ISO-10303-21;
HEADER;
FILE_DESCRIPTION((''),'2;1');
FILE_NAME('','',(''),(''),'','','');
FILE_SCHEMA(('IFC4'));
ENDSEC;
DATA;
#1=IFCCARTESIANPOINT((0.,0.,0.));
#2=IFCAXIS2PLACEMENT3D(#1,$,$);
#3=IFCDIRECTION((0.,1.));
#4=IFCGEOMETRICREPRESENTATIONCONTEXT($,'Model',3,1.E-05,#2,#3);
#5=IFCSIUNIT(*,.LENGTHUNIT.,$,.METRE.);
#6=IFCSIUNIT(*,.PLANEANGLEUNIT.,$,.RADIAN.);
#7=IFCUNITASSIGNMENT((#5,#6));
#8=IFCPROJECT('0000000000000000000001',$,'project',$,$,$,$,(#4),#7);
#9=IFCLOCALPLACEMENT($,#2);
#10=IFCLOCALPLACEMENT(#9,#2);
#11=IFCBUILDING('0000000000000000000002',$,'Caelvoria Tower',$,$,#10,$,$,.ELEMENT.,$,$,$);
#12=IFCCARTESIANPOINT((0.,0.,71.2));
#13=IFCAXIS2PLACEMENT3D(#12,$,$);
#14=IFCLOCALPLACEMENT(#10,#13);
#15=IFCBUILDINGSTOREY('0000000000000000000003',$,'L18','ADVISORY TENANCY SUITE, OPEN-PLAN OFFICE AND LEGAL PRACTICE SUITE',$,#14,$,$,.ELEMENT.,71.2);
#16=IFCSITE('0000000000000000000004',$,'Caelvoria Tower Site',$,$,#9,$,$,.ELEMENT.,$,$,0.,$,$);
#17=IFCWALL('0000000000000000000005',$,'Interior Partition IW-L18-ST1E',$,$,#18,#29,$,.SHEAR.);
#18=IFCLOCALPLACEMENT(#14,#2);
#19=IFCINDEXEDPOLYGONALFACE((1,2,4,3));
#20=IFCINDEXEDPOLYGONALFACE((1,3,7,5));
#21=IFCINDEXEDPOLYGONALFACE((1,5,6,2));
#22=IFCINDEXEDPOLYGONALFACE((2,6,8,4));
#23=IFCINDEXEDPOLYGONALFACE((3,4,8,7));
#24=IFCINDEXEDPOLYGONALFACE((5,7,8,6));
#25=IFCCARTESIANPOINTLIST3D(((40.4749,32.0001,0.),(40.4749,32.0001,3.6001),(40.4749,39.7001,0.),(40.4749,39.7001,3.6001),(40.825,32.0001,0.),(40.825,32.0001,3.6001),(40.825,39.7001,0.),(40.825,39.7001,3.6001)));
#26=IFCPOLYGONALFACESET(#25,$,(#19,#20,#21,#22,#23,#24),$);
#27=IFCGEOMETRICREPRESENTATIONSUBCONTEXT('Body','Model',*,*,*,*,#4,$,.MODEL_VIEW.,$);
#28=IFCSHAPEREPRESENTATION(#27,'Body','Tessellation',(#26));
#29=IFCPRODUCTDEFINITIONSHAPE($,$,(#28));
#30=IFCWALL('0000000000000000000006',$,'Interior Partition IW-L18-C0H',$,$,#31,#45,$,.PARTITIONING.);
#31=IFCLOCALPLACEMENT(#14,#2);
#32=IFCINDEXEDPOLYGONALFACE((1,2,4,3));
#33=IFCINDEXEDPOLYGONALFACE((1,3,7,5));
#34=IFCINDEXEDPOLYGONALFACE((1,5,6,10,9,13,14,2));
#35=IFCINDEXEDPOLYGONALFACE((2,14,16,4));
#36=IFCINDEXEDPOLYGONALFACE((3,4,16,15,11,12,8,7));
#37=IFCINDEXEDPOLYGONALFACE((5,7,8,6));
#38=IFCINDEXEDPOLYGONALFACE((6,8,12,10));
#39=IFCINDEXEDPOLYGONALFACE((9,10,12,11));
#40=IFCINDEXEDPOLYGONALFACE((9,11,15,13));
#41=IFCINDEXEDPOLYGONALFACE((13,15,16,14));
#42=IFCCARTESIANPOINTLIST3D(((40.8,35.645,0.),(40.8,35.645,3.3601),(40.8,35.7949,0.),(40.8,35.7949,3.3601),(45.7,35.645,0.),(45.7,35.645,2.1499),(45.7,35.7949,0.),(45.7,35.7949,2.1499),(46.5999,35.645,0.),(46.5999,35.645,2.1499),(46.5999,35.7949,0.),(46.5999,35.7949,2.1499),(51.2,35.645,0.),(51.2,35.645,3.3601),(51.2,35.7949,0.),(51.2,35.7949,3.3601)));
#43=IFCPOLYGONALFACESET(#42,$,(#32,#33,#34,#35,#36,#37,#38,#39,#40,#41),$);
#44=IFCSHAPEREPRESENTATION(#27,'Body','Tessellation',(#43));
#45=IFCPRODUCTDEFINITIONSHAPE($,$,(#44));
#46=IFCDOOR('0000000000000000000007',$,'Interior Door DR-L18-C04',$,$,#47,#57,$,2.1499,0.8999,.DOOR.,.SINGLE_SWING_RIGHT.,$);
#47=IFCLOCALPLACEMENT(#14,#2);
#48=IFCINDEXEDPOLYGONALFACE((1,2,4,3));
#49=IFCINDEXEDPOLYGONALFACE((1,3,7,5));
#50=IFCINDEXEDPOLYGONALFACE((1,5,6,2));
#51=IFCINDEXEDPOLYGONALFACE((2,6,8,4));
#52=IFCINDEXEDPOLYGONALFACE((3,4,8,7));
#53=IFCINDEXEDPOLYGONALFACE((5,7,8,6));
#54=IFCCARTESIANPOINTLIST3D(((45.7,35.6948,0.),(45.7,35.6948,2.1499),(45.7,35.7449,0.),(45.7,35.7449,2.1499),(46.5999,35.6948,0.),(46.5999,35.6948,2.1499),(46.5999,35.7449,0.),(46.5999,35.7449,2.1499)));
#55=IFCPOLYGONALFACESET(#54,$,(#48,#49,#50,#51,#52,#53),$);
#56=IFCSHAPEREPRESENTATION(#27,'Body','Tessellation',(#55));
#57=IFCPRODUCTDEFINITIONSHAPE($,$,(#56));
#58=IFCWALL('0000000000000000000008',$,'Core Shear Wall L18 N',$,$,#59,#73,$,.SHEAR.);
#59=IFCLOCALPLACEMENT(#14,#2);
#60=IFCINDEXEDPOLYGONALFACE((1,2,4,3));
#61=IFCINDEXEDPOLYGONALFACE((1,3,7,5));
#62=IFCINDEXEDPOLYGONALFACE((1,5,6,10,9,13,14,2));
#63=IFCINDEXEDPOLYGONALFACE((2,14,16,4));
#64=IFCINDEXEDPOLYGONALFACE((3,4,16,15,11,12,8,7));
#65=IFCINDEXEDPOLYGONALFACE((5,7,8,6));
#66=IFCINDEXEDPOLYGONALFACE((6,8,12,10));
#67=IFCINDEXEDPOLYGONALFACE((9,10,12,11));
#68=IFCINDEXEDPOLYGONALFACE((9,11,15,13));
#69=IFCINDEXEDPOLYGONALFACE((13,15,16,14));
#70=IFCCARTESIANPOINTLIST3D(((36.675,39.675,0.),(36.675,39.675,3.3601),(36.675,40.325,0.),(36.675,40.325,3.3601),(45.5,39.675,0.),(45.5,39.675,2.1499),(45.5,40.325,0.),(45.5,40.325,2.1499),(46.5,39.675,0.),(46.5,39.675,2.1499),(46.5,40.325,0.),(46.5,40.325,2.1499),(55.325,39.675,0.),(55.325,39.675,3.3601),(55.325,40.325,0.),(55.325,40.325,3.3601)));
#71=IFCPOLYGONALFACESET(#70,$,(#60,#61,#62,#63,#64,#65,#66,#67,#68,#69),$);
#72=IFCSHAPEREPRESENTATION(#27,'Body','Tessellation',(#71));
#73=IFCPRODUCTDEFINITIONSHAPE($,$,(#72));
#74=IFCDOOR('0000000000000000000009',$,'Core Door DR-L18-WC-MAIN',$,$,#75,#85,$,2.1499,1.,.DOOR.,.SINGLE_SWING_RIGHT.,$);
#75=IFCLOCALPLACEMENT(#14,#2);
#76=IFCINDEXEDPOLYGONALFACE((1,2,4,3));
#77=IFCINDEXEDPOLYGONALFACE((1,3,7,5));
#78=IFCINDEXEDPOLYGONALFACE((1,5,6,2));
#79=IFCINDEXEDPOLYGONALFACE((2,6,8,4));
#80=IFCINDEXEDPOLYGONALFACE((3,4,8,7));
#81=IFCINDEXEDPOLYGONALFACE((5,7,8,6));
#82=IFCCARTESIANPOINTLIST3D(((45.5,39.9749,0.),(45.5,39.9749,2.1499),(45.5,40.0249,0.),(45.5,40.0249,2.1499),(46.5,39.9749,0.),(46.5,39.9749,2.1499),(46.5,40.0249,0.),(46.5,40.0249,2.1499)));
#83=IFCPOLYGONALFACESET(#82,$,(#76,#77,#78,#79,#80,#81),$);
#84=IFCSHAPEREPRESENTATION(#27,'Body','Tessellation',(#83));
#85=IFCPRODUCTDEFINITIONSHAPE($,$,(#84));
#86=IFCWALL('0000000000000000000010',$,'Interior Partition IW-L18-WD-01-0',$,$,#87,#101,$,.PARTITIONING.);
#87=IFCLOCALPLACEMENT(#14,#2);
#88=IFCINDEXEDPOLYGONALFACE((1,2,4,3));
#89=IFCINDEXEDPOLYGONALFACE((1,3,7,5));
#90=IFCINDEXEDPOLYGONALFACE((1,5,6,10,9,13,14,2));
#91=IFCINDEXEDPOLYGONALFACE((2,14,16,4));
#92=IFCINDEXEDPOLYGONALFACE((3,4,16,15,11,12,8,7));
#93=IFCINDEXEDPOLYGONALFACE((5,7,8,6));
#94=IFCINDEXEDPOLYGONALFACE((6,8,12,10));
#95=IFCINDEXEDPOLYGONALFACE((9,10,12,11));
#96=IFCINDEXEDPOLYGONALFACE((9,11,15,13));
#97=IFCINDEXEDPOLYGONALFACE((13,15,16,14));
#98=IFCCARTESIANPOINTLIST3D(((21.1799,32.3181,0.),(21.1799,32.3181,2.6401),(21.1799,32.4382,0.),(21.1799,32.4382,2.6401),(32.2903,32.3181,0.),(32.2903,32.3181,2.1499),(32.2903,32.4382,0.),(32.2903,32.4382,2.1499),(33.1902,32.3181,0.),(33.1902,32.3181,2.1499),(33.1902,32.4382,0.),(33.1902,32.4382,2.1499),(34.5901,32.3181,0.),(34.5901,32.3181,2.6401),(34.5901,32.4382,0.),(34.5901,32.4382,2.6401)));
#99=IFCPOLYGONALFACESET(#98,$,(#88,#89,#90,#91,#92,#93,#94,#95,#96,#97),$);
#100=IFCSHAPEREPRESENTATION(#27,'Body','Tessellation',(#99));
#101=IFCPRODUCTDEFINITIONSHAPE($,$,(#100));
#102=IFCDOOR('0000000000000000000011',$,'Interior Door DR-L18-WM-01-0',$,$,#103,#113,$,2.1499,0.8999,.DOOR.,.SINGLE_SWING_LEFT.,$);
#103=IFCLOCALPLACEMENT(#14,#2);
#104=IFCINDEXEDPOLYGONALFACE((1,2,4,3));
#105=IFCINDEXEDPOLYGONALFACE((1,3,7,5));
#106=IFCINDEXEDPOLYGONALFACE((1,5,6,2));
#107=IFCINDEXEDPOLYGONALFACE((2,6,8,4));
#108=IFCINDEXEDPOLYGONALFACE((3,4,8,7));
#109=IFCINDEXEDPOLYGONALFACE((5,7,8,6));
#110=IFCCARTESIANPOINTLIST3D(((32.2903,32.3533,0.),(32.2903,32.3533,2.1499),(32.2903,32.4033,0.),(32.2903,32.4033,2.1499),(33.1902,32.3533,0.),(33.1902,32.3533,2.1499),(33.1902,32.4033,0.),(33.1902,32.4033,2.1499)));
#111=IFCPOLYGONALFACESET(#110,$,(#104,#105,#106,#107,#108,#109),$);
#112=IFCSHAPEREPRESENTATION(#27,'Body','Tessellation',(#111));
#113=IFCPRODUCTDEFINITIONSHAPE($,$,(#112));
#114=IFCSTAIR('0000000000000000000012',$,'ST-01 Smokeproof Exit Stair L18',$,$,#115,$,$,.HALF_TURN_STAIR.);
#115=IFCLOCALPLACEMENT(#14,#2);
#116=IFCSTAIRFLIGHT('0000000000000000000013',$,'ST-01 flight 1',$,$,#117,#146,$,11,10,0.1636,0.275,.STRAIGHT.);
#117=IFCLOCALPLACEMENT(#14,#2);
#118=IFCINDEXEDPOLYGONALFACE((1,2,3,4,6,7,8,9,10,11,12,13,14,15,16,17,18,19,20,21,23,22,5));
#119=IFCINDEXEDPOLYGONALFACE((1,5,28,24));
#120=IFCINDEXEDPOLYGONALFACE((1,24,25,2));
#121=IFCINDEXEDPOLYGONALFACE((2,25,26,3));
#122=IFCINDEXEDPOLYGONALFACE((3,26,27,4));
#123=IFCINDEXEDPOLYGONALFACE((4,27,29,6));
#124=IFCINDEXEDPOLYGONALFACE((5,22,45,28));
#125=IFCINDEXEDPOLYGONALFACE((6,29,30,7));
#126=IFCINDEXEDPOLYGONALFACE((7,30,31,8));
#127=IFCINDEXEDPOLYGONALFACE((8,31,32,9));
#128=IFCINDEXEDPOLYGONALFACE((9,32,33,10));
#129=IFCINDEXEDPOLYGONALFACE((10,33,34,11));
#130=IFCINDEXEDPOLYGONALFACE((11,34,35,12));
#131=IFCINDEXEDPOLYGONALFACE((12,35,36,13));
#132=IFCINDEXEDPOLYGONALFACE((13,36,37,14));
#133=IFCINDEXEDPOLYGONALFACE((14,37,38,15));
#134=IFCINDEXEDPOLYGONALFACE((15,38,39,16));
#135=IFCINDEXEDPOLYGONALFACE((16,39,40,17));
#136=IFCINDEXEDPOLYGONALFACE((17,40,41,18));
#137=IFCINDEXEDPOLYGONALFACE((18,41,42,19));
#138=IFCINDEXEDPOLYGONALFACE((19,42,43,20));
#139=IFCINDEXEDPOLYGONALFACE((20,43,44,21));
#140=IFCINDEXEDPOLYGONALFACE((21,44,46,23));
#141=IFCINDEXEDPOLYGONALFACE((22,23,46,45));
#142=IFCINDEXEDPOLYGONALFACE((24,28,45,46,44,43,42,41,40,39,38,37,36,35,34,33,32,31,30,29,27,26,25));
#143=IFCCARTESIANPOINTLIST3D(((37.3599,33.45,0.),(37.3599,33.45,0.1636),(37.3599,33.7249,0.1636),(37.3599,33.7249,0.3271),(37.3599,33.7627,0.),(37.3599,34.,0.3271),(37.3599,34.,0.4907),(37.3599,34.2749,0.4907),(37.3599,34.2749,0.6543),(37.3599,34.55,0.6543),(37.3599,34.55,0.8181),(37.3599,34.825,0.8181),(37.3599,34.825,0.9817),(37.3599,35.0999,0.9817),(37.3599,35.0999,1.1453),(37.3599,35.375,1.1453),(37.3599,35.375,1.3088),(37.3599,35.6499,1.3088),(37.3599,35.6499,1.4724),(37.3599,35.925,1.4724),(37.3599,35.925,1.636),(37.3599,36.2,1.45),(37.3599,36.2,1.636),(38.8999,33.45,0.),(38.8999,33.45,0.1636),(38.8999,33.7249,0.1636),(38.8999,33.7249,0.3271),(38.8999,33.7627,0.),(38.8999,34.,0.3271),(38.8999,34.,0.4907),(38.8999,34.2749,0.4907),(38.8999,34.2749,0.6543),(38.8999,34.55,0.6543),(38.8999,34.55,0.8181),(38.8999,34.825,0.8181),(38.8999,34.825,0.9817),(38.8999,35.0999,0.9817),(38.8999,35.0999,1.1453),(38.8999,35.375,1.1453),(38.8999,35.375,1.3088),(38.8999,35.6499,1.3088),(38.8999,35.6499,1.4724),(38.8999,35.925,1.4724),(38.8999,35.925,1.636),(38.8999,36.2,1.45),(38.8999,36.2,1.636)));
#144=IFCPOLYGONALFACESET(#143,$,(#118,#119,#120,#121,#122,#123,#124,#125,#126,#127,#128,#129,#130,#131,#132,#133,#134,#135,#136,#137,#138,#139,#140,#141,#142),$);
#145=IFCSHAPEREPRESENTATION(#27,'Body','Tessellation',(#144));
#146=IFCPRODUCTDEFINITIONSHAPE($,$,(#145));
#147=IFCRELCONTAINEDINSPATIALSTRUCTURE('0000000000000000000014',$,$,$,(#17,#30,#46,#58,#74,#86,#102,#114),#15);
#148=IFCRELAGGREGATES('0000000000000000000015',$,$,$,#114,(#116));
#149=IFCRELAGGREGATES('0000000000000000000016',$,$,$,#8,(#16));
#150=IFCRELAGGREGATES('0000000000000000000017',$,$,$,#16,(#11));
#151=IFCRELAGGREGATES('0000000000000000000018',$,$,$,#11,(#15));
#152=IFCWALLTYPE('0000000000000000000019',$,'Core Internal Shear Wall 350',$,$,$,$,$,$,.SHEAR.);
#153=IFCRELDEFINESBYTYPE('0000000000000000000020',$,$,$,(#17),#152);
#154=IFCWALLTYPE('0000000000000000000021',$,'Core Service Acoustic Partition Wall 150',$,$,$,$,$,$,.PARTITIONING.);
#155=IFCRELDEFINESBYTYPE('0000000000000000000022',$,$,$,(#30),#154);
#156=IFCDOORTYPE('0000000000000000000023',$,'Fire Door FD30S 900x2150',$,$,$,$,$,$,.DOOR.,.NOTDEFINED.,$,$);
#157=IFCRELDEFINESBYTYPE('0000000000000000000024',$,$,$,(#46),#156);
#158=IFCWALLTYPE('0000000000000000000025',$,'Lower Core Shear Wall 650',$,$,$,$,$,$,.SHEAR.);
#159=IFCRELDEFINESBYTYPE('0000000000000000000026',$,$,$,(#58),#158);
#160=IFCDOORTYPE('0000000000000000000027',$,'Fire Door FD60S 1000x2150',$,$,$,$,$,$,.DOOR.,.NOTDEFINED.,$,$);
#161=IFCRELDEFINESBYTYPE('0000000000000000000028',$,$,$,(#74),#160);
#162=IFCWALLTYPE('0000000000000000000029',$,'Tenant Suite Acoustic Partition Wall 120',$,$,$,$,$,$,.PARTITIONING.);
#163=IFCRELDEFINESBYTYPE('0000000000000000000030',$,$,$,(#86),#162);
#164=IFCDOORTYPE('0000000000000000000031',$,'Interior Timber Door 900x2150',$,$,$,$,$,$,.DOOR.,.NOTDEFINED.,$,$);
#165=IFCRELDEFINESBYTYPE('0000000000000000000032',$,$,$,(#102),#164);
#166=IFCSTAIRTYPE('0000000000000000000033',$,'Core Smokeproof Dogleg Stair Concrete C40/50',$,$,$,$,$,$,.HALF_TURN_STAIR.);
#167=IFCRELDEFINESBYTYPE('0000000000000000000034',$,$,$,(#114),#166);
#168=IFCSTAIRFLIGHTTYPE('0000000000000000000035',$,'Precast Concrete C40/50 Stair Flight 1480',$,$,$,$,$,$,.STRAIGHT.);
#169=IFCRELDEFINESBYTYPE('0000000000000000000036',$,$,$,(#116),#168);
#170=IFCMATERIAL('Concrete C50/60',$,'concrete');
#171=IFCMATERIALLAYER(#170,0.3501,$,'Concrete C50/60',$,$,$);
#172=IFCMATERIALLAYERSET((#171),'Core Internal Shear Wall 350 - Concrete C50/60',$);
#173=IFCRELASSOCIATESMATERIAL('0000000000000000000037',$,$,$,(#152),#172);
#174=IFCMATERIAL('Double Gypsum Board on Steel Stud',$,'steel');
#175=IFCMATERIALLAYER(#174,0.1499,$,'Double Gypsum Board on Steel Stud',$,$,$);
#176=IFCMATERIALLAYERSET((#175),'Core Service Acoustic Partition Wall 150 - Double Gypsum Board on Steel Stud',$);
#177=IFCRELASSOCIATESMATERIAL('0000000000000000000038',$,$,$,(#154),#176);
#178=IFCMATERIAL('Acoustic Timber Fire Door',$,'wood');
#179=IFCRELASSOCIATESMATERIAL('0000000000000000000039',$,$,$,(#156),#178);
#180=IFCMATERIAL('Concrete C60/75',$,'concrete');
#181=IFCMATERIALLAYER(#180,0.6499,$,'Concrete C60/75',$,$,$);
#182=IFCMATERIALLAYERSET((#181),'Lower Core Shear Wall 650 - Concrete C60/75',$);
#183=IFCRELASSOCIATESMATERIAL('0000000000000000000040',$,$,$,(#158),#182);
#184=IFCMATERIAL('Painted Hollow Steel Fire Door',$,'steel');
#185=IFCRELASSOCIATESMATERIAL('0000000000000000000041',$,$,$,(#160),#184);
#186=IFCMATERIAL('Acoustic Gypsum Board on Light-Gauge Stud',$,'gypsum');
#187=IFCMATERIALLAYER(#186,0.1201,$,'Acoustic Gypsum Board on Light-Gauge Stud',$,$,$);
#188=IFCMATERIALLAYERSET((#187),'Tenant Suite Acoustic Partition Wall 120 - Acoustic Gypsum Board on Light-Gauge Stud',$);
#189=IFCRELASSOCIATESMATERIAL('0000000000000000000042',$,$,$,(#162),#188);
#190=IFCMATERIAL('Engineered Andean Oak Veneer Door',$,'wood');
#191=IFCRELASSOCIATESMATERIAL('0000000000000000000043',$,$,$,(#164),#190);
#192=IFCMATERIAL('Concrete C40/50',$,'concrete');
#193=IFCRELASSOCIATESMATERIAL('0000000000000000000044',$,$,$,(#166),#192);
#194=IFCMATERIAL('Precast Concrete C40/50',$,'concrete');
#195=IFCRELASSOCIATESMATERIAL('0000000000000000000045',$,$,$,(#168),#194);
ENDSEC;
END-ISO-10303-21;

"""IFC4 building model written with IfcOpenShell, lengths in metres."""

from ifc_helpers import new_model, si_unit, direction, frame, frame_2d, origin, place, context, subcontext, project, spatial, polyline, rectangle, outline, extrude, material, layer, layer_set, type_object, element, fill, aggregate, save


model = new_model("IFC4")

# Units and contexts
model_context = context("Model", 3, precision=1e-05, world=origin(), true_north=direction((0.0, 1.0)))
body_context = subcontext(model_context, "Body", "Model", "MODEL_VIEW")
ifc_project = project(units=[si_unit("LENGTHUNIT", "METRE"), si_unit("PLANEANGLEUNIT", "RADIAN")], contexts=[model_context])

# Site, building, storey
site_placement = place(None, origin())
site = spatial("IfcSite", under=ifc_project, at=site_placement, Name="Caelvoria Tower Site", CompositionType="ELEMENT", RefElevation=0.0)
building_placement = place(site_placement, origin())
building = spatial("IfcBuilding", under=site, at=building_placement, Name="Caelvoria Tower", CompositionType="ELEMENT")
storey_placement = place(building_placement, frame((0.0, 0.0, 71.2)))
storey = spatial("IfcBuildingStorey", under=building, at=storey_placement, Name="L18", Description="ADVISORY TENANCY SUITE, OPEN-PLAN OFFICE AND LEGAL PRACTICE SUITE", CompositionType="ELEMENT", Elevation=71.2)

# Wall
ifc_material_1 = material(Name="Concrete C50/60", Category="concrete")
ifc_layer_1 = layer(ifc_material_1, 0.3501, Name="Concrete C50/60")
ifc_layer_set_1 = layer_set([ifc_layer_1], Name="Core Internal Shear Wall 350 - Concrete C50/60")
wall_type_1 = type_object("IfcWallType", Name="Core Internal Shear Wall 350", PredefinedType="SHEAR", material=ifc_layer_set_1)
wall_1_placement = place(storey_placement, frame((40.6499, 32.0, 0.0), z_axis=(0.0, 0.0, 1.0), x_axis=(0.0, 1.0, 0.0)))
element("IfcWall", 1, at=wall_1_placement, inside=storey, type_object=wall_type_1, Name="Interior Partition IW-L18-ST1E", PredefinedType="SHEAR", context=body_context, shape_type="SweptSolid", body=[
    extrude(rectangle(XDim=7.7, YDim=0.3501, at=frame_2d((3.8501, 0.0))), origin(), (0.0, 0.0, 1.0), 3.6001),
])

# Walls, openings, doors
ifc_material_2 = material(Name="Double Gypsum Board on Steel Stud", Category="steel")
ifc_layer_2 = layer(ifc_material_2, 0.1499, Name="Double Gypsum Board on Steel Stud")
ifc_layer_set_2 = layer_set([ifc_layer_2], Name="Core Service Acoustic Partition Wall 150 - Double Gypsum Board on Steel Stud")
wall_type_2 = type_object("IfcWallType", Name="Core Service Acoustic Partition Wall 150", PredefinedType="PARTITIONING", material=ifc_layer_set_2)
wall_2_placement = place(storey_placement, frame((40.8, 35.72, 0.0), z_axis=(0.0, 0.0, 1.0), x_axis=(1.0, 0.0, 0.0)))
wall_2 = element("IfcWall", 2, at=wall_2_placement, inside=storey, type_object=wall_type_2, Name="Interior Partition IW-L18-C0H", PredefinedType="PARTITIONING", context=body_context, shape_type="SweptSolid", body=[
    extrude(rectangle(XDim=10.3999, YDim=0.1499, at=frame_2d((5.2, 0.0))), origin(), (0.0, 0.0, 1.0), 3.3601),
])
opening_1_placement = place(wall_2_placement, frame((4.8999, 0.0, 0.0)))
opening_1 = element("IfcOpeningElement", 3, at=opening_1_placement, cuts=wall_2, PredefinedType="OPENING", context=body_context, shape_type="SweptSolid", body=[
    extrude(rectangle(XDim=0.8999, YDim=2.1499, at=frame_2d((0.45, 1.075))), frame((0.0, 0.085, 0.0), z_axis=(0.0, -1.0, 0.0), x_axis=(1.0, 0.0, 0.0)), (0.0, 0.0, 1.0), 0.1699),
])
ifc_material_3 = material(Name="Acoustic Timber Fire Door", Category="wood")
door_type_1 = type_object("IfcDoorType", Name="Fire Door FD30S 900x2150", OperationType="NOTDEFINED", PredefinedType="DOOR", material=ifc_material_3)
door_1_placement = place(opening_1_placement, origin())
door_1 = element("IfcDoor", 4, at=door_1_placement, inside=storey, type_object=door_type_1, Name="Interior Door DR-L18-C04", OperationType="SINGLE_SWING_RIGHT", OverallHeight=2.1499, OverallWidth=0.8999, PredefinedType="DOOR", context=body_context, shape_type="SweptSolid", body=[
    extrude(rectangle(XDim=0.8999, YDim=2.1499, at=frame_2d((0.45, 1.075))), frame((0.0, 0.0249, 0.0), z_axis=(0.0, -1.0, 0.0), x_axis=(1.0, 0.0, 0.0)), (0.0, 0.0, 1.0), 0.05),
])
fill(opening_1, door_1)
ifc_material_4 = material(Name="Concrete C60/75", Category="concrete")
ifc_layer_3 = layer(ifc_material_4, 0.6499, Name="Concrete C60/75")
ifc_layer_set_3 = layer_set([ifc_layer_3], Name="Lower Core Shear Wall 650 - Concrete C60/75")
wall_type_3 = type_object("IfcWallType", Name="Lower Core Shear Wall 650", PredefinedType="SHEAR", material=ifc_layer_set_3)
wall_3_placement = place(storey_placement, frame((36.675, 40.0, 0.0), z_axis=(0.0, 0.0, 1.0), x_axis=(1.0, 0.0, 0.0)))
wall_3 = element("IfcWall", 5, at=wall_3_placement, inside=storey, type_object=wall_type_3, Name="Core Shear Wall L18 N", PredefinedType="SHEAR", context=body_context, shape_type="SweptSolid", body=[
    extrude(rectangle(XDim=18.6499, YDim=0.6499, at=frame_2d((9.325, 0.0))), origin(), (0.0, 0.0, 1.0), 3.3601),
])
opening_2_placement = place(wall_3_placement, frame((8.825, 0.0, 0.0)))
opening_2 = element("IfcOpeningElement", 6, at=opening_2_placement, cuts=wall_3, PredefinedType="OPENING", context=body_context, shape_type="SweptSolid", body=[
    extrude(rectangle(XDim=1.0, YDim=2.1499, at=frame_2d((0.5, 1.075))), frame((0.0, 0.335, 0.0), z_axis=(0.0, -1.0, 0.0), x_axis=(1.0, 0.0, 0.0)), (0.0, 0.0, 1.0), 0.6699),
])
ifc_material_5 = material(Name="Painted Hollow Steel Fire Door", Category="steel")
door_type_2 = type_object("IfcDoorType", Name="Fire Door FD60S 1000x2150", OperationType="NOTDEFINED", PredefinedType="DOOR", material=ifc_material_5)
door_2_placement = place(opening_2_placement, origin())
door_2 = element("IfcDoor", 7, at=door_2_placement, inside=storey, type_object=door_type_2, Name="Core Door DR-L18-WC-MAIN", OperationType="SINGLE_SWING_RIGHT", OverallHeight=2.1499, OverallWidth=1.0, PredefinedType="DOOR", context=body_context, shape_type="SweptSolid", body=[
    extrude(rectangle(XDim=1.0, YDim=2.1499, at=frame_2d((0.5, 1.075))), frame((0.0, 0.0249, 0.0), z_axis=(0.0, -1.0, 0.0), x_axis=(1.0, 0.0, 0.0)), (0.0, 0.0, 1.0), 0.05),
])
fill(opening_2, door_2)
ifc_material_6 = material(Name="Acoustic Gypsum Board on Light-Gauge Stud", Category="gypsum")
ifc_layer_4 = layer(ifc_material_6, 0.1201, Name="Acoustic Gypsum Board on Light-Gauge Stud")
ifc_layer_set_4 = layer_set([ifc_layer_4], Name="Tenant Suite Acoustic Partition Wall 120 - Acoustic Gypsum Board on Light-Gauge Stud")
wall_type_4 = type_object("IfcWallType", Name="Tenant Suite Acoustic Partition Wall 120", PredefinedType="PARTITIONING", material=ifc_layer_set_4)
wall_4_placement = place(storey_placement, frame((34.5901, 32.3782, 0.0), z_axis=(0.0, 0.0, 1.0), x_axis=(-1.0, 0.0, 0.0)))
wall_4 = element("IfcWall", 8, at=wall_4_placement, inside=storey, type_object=wall_type_4, Name="Interior Partition IW-L18-WD-01-0", PredefinedType="PARTITIONING", context=body_context, shape_type="SweptSolid", body=[
    extrude(rectangle(XDim=13.4102, YDim=0.1201, at=frame_2d((6.7051, 0.0))), origin(), (0.0, 0.0, 1.0), 2.6401),
])
opening_3_placement = place(wall_4_placement, frame((1.3999, 0.0, 0.0)))
opening_3 = element("IfcOpeningElement", 9, at=opening_3_placement, cuts=wall_4, PredefinedType="OPENING", context=body_context, shape_type="SweptSolid", body=[
    extrude(rectangle(XDim=0.8999, YDim=2.1499, at=frame_2d((0.45, 1.075))), frame((0.0, 0.0701, 0.0), z_axis=(0.0, -1.0, 0.0), x_axis=(1.0, 0.0, 0.0)), (0.0, 0.0, 1.0), 0.1401),
])
ifc_material_7 = material(Name="Engineered Andean Oak Veneer Door", Category="wood")
door_type_3 = type_object("IfcDoorType", Name="Interior Timber Door 900x2150", OperationType="NOTDEFINED", PredefinedType="DOOR", material=ifc_material_7)
door_3_placement = place(opening_3_placement, origin())
door_3 = element("IfcDoor", 10, at=door_3_placement, inside=storey, type_object=door_type_3, Name="Interior Door DR-L18-WM-01-0", OperationType="SINGLE_SWING_LEFT", OverallHeight=2.1499, OverallWidth=0.8999, PredefinedType="DOOR", context=body_context, shape_type="SweptSolid", body=[
    extrude(rectangle(XDim=0.8999, YDim=2.1499, at=frame_2d((0.45, 1.075))), frame((0.0, 0.0249, 0.0), z_axis=(0.0, -1.0, 0.0), x_axis=(1.0, 0.0, 0.0)), (0.0, 0.0, 1.0), 0.05),
])
fill(opening_3, door_3)

# Stair, stair flight
ifc_material_8 = material(Name="Concrete C40/50", Category="concrete")
stair_type = type_object("IfcStairType", Name="Core Smokeproof Dogleg Stair Concrete C40/50", PredefinedType="HALF_TURN_STAIR", material=ifc_material_8)
stair_placement = place(storey_placement, origin())
stair = element("IfcStair", 11, at=stair_placement, inside=storey, type_object=stair_type, Name="ST-01 Smokeproof Exit Stair L18", PredefinedType="HALF_TURN_STAIR")
ifc_material_9 = material(Name="Precast Concrete C40/50", Category="concrete")
stair_flight_type = type_object("IfcStairFlightType", Name="Precast Concrete C40/50 Stair Flight 1480", PredefinedType="STRAIGHT", material=ifc_material_9)
stair_flight_1_placement = place(storey_placement, frame((38.1299, 33.45, 0.0), z_axis=(0.0, 0.0, 1.0), x_axis=(0.0, 1.0, 0.0)))
stair_flight_1 = element("IfcStairFlight", 12, at=stair_flight_1_placement, type_object=stair_flight_type, Name="ST-01 flight 1", NumberOfRisers=11, NumberOfTreads=10, PredefinedType="STRAIGHT", RiserHeight=0.1636, TreadLength=0.275, context=body_context, shape_type="SweptSolid", body=[
    extrude(outline(polyline([(0.0, 0.0), (0.0, 0.1636), (0.2749, 0.1636), (0.2749, 0.3271), (0.55, 0.3271), (0.55, 0.4907), (0.825, 0.4907), (0.825, 0.6543), (1.1001, 0.6543), (1.1001, 0.8181), (1.375, 0.8181), (1.375, 0.9817), (1.6499, 0.9817), (1.6499, 1.1453), (1.925, 1.1453), (1.925, 1.3088), (2.2, 1.3088), (2.2, 1.4724), (2.4751, 1.4724), (2.4751, 1.636), (2.75, 1.636), (2.75, 1.7996), (2.75, 1.45), (0.3127, 0.0), (0.0, 0.0)])), frame((0.0, 0.77, 0.0), z_axis=(0.0, -1.0, 0.0), x_axis=(1.0, 0.0, 0.0)), (0.0, 0.0, 1.0), 1.54),
])
aggregate(stair, [stair_flight_1])

save(model, "model.ifc")
